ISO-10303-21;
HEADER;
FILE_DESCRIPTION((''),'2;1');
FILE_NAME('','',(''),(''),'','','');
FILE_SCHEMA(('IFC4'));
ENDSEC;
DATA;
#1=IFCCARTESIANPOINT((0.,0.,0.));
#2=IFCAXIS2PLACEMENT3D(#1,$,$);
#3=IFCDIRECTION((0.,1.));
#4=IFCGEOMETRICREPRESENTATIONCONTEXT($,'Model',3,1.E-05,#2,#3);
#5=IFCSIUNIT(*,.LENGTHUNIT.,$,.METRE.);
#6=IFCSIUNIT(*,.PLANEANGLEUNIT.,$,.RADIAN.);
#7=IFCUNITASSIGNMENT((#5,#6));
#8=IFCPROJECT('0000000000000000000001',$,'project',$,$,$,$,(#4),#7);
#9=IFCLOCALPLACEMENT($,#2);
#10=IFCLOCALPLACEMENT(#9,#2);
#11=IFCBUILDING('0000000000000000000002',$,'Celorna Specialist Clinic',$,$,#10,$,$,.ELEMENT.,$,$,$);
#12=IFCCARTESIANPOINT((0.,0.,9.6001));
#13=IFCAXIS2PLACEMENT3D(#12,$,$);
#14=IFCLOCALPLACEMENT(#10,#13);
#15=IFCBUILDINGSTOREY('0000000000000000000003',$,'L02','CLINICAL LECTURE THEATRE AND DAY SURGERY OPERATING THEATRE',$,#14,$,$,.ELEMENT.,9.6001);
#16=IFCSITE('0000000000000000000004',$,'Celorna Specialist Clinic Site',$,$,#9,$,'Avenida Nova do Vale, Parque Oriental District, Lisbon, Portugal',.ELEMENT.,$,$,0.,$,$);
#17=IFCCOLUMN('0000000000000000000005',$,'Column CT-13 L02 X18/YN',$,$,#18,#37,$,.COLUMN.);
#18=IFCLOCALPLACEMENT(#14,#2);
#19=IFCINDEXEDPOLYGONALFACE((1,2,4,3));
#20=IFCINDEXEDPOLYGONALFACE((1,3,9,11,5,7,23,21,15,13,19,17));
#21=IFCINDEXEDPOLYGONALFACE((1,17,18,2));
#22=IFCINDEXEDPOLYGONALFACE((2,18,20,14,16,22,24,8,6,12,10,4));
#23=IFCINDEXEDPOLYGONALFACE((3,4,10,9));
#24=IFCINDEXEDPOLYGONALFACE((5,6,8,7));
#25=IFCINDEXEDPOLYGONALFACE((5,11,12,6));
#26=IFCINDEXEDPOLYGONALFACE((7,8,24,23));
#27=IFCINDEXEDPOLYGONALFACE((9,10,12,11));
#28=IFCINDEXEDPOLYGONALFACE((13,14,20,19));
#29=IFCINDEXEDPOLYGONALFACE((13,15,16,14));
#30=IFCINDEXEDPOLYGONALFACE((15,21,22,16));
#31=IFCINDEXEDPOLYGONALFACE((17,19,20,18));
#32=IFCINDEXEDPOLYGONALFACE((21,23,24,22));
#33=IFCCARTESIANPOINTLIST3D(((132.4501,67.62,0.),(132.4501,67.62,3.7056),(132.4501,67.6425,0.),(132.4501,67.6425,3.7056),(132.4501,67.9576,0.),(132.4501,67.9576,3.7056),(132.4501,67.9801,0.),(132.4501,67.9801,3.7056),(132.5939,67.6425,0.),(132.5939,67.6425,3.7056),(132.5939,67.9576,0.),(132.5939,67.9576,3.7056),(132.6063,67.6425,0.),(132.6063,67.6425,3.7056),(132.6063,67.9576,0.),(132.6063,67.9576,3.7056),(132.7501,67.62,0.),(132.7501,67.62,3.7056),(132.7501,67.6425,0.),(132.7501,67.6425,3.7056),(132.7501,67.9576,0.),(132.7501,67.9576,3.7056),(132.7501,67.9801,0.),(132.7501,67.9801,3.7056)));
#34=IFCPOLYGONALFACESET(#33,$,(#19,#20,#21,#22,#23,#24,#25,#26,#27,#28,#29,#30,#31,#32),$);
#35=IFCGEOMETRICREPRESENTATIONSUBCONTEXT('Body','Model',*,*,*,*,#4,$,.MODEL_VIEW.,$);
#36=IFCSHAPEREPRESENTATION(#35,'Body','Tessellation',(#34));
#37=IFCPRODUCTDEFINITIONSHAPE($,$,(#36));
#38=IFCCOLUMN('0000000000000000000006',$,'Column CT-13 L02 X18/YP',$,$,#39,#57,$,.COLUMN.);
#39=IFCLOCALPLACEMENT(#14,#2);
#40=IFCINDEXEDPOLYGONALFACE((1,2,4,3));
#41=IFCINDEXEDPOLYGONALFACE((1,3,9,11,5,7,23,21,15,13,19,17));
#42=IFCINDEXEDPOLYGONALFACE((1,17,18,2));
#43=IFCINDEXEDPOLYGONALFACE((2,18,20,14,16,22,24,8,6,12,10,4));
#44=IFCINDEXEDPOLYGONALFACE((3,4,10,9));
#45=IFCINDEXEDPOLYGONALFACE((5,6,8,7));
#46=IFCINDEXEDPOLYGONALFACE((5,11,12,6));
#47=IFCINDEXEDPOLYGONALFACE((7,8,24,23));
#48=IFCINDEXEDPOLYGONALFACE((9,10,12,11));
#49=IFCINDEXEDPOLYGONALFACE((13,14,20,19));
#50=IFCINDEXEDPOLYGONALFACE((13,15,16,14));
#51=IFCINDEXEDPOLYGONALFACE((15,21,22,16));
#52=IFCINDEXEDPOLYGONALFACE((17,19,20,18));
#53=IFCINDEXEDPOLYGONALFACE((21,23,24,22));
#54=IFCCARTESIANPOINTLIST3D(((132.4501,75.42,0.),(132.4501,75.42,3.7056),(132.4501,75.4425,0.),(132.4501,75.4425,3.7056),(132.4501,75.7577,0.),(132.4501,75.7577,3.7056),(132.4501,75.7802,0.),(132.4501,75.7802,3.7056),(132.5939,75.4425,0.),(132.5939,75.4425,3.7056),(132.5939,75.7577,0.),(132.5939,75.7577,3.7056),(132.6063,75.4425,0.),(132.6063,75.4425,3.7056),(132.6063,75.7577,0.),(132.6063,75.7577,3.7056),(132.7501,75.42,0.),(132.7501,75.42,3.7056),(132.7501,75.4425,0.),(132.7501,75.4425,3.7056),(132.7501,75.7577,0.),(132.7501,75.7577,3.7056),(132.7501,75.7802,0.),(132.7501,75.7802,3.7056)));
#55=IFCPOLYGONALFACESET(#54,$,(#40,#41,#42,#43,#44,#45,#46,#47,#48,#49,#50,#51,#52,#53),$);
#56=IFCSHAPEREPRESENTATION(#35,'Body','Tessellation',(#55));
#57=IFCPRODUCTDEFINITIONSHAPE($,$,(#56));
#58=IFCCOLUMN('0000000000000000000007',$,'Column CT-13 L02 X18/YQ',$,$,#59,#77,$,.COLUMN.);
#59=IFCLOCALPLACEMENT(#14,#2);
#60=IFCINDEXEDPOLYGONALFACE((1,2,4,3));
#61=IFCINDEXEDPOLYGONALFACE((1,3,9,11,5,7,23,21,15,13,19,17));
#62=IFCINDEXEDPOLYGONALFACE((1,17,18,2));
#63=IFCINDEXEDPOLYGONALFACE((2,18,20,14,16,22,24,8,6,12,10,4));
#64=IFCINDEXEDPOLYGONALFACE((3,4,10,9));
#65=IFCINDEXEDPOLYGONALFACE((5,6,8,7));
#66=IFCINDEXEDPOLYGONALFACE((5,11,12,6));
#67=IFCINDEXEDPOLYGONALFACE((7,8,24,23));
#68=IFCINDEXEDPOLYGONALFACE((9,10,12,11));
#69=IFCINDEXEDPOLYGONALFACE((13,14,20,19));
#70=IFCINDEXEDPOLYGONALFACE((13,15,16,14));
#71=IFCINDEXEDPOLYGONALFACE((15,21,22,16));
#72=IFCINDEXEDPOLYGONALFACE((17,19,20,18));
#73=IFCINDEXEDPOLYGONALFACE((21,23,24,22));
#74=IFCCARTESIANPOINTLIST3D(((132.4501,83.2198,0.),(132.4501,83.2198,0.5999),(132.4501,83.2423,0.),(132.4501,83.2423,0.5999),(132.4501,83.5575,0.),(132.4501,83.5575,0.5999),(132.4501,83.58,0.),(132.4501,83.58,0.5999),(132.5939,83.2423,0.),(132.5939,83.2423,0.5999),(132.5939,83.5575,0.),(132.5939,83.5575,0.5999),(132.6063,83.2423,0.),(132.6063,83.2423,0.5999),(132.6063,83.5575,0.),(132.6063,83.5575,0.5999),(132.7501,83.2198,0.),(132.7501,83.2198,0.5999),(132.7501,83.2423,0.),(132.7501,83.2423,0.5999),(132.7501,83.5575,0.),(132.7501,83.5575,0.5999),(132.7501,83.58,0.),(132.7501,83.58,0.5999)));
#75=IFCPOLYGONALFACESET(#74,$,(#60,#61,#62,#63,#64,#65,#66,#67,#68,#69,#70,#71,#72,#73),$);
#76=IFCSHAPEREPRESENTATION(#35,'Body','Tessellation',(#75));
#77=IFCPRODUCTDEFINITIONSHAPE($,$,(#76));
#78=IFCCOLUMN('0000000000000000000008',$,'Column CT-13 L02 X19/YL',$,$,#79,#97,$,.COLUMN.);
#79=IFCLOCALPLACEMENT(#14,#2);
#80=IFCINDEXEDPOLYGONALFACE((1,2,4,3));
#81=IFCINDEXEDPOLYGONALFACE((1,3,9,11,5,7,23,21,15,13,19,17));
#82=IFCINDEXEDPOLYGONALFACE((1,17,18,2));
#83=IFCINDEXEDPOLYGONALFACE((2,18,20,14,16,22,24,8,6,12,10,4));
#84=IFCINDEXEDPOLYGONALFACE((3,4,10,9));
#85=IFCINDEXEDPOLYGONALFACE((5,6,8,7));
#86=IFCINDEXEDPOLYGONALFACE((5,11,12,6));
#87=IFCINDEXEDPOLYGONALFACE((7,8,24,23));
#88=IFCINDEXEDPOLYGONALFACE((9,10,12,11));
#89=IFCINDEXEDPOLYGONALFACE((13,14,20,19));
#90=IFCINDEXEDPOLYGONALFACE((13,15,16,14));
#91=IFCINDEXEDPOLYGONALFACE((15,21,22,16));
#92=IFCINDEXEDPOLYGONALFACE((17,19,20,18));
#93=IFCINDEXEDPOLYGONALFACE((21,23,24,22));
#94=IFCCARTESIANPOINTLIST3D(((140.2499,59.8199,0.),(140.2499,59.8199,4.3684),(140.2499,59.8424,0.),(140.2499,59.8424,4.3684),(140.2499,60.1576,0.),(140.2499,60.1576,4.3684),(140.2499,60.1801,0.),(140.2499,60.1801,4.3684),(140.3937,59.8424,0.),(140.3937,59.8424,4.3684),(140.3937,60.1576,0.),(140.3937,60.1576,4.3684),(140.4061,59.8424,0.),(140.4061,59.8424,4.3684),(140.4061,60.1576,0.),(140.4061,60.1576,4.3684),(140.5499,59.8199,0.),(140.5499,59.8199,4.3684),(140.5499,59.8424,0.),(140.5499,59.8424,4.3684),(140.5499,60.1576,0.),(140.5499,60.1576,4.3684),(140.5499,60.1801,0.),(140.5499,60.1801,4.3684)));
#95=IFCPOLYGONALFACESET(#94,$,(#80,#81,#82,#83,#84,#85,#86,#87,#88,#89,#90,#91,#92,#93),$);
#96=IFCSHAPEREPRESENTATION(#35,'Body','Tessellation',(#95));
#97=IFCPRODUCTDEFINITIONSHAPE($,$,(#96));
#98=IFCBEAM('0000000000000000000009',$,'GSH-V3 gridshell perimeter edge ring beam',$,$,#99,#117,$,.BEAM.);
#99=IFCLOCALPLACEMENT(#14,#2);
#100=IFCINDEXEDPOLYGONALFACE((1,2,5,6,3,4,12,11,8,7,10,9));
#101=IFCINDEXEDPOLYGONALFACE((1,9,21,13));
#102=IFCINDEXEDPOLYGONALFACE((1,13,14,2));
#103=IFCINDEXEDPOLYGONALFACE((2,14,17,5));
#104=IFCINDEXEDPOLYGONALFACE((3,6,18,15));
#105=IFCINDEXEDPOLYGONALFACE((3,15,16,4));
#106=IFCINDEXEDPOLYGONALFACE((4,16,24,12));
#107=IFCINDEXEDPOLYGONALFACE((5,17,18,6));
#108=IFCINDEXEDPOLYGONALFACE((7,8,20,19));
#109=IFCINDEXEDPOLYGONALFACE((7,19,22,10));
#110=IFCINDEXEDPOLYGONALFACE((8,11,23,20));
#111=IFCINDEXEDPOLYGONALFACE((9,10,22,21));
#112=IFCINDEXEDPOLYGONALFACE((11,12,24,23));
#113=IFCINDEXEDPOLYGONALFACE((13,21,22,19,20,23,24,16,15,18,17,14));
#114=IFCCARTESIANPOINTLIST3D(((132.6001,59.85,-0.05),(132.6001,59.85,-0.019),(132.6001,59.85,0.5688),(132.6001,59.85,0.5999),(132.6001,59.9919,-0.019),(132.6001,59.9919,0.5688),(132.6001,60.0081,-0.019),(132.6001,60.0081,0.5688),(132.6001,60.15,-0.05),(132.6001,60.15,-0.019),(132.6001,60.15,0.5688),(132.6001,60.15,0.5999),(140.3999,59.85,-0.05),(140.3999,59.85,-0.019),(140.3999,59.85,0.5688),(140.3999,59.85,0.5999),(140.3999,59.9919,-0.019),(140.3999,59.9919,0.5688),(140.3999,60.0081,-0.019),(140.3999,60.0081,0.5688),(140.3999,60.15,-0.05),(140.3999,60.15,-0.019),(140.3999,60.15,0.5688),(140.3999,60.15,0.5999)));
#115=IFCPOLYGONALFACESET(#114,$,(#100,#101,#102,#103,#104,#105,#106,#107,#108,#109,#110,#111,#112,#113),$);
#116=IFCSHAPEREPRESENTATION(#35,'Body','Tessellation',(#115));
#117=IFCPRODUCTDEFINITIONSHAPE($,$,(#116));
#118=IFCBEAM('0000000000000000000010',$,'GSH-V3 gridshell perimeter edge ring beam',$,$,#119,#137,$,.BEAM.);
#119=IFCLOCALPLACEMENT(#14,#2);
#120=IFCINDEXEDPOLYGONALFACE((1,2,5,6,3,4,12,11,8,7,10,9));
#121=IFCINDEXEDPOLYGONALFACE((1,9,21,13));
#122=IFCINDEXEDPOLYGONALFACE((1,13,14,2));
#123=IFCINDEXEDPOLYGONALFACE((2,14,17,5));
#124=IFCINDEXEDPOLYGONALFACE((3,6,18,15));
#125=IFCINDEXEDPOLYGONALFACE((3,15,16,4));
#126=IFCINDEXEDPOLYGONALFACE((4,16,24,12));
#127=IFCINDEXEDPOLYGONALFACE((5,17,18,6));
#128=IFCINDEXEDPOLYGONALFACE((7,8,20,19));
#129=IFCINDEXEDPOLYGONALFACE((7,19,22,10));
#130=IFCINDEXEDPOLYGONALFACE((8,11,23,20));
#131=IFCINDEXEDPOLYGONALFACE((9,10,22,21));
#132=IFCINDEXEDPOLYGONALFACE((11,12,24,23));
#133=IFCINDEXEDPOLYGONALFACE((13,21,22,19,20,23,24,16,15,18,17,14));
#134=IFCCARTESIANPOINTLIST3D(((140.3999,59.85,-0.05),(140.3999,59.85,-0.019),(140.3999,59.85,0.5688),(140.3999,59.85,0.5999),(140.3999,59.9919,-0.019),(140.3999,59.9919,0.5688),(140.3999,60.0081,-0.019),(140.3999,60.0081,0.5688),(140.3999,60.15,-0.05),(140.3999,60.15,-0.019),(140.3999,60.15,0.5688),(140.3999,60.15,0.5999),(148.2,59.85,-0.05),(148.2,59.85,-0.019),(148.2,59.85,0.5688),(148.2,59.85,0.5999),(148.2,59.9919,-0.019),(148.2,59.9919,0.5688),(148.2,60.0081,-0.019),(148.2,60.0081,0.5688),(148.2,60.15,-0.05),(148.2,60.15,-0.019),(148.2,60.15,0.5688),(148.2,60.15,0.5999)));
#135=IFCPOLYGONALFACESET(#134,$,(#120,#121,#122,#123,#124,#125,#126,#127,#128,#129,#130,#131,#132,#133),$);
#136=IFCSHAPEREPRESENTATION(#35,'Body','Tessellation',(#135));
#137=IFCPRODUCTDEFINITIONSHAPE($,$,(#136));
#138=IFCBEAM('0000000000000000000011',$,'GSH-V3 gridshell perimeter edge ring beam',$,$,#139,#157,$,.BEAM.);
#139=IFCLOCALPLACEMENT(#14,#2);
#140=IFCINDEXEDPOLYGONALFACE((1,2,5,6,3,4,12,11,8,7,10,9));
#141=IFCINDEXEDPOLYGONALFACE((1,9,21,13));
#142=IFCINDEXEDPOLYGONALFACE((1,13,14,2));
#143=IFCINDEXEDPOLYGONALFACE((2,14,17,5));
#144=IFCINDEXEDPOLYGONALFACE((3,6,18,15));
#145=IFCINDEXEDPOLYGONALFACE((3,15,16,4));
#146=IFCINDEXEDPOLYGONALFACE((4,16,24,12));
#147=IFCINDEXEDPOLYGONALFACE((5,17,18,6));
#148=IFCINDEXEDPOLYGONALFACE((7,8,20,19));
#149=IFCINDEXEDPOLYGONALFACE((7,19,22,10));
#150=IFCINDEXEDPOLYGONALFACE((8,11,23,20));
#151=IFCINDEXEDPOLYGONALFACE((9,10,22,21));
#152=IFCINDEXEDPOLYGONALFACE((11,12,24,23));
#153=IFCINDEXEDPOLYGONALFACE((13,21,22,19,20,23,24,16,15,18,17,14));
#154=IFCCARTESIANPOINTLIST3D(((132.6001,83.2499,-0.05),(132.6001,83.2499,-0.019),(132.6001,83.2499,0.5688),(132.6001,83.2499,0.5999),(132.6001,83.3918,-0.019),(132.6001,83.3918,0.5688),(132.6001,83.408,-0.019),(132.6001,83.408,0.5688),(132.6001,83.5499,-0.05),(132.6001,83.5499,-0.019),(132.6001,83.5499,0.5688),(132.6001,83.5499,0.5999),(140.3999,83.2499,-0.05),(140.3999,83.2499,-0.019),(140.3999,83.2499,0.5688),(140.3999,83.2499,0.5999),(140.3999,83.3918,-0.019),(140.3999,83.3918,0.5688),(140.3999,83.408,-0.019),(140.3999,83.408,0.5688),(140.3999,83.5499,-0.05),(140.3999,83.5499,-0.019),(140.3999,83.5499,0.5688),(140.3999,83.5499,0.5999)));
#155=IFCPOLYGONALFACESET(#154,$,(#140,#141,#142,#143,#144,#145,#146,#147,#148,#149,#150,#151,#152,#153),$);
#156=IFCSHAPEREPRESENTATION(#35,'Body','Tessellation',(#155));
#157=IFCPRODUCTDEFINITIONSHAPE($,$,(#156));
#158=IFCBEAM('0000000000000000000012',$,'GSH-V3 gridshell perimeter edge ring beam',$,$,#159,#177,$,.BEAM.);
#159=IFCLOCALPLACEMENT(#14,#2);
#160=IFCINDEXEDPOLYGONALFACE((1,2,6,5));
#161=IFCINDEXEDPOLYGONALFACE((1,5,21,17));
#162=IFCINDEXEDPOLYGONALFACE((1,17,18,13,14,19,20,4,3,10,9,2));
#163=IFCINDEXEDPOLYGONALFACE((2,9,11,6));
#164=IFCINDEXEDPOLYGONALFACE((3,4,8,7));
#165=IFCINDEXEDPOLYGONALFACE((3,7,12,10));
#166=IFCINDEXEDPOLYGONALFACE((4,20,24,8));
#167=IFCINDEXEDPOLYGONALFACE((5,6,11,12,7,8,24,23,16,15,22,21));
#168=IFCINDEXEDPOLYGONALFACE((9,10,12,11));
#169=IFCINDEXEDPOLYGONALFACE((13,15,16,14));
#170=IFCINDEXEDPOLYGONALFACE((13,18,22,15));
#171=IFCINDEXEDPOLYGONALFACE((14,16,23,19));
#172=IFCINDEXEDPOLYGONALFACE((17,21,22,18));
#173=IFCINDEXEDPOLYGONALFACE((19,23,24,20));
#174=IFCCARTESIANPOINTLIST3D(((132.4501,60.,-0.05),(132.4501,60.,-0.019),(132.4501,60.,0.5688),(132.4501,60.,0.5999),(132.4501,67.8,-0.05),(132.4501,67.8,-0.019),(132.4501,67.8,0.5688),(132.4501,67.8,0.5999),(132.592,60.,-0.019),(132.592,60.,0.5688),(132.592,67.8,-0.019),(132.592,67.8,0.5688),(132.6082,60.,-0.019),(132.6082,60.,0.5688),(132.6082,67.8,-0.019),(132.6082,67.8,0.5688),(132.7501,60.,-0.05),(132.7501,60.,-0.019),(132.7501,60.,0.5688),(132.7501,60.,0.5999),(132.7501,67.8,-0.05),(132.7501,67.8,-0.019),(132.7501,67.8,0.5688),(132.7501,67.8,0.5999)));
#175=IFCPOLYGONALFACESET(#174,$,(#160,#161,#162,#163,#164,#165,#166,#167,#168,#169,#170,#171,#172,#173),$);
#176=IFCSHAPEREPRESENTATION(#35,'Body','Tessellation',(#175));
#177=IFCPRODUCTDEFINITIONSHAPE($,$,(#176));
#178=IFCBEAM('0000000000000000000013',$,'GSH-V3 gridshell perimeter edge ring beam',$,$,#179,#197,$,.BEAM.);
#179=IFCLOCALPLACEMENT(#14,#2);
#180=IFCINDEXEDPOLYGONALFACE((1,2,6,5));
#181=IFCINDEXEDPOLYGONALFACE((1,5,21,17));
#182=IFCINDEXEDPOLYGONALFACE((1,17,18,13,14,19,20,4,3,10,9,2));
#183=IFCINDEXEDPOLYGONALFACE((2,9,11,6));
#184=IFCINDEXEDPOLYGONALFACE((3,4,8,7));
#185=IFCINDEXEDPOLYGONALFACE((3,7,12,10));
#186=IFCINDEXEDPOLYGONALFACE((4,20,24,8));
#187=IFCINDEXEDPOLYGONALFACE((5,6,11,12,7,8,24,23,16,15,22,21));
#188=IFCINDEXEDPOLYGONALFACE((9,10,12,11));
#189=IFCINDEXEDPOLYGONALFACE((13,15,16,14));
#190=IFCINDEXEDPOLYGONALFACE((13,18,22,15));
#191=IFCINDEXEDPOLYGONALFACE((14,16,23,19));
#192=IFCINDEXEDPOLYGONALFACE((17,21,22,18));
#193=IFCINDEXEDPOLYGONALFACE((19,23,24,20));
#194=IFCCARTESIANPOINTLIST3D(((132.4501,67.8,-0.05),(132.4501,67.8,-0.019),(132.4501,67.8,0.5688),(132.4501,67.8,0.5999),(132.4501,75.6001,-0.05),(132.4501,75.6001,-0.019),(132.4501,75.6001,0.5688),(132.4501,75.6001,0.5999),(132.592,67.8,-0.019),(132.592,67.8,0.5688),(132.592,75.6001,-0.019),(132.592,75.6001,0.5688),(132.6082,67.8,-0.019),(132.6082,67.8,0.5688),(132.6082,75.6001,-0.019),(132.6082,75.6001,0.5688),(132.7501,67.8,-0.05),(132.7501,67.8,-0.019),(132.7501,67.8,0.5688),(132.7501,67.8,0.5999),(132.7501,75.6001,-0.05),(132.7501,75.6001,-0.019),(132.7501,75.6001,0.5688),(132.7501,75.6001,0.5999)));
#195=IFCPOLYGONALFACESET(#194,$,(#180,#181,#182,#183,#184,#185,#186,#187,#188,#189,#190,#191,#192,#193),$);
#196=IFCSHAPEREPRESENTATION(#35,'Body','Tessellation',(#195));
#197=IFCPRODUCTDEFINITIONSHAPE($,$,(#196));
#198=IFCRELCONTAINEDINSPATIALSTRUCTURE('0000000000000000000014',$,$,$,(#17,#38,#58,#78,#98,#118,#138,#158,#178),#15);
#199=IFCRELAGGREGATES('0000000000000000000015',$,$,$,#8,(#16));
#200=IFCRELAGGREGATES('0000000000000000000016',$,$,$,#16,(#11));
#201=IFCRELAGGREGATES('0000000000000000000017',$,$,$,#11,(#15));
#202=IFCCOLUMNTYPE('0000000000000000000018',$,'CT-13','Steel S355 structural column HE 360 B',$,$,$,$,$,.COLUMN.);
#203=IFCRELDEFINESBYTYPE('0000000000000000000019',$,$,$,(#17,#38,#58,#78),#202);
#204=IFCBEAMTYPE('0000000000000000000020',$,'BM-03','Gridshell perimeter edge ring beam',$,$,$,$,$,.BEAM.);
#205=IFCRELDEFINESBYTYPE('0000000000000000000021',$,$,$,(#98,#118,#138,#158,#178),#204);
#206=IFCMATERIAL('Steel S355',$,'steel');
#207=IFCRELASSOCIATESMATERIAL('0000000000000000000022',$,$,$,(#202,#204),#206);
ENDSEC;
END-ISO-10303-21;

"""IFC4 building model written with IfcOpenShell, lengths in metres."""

from ifc_helpers import new_model, si_unit, direction, frame, origin, origin_2d, place, context, subcontext, project, spatial, i_section, extrude, material, material_profile, profile_set, type_object, element, save


model = new_model("IFC4")

# Units and contexts
model_context = context("Model", 3, precision=1e-05, world=origin(), true_north=direction((0.0, 1.0)))
body_context = subcontext(model_context, "Body", "Model", "MODEL_VIEW")
ifc_project = project(units=[si_unit("LENGTHUNIT", "METRE"), si_unit("PLANEANGLEUNIT", "RADIAN")], contexts=[model_context])

# Site, building, storey
site_placement = place(None, origin())
site = spatial("IfcSite", under=ifc_project, at=site_placement, Name="Celorna Specialist Clinic Site", LongName="Avenida Nova do Vale, Parque Oriental District, Lisbon, Portugal", CompositionType="ELEMENT", RefElevation=0.0)
building_placement = place(site_placement, origin())
building = spatial("IfcBuilding", under=site, at=building_placement, Name="Celorna Specialist Clinic", CompositionType="ELEMENT")
storey_placement = place(building_placement, frame((0.0, 0.0, 9.6001)))
storey = spatial("IfcBuildingStorey", under=building, at=storey_placement, Name="L02", Description="CLINICAL LECTURE THEATRE AND DAY SURGERY OPERATING THEATRE", CompositionType="ELEMENT", Elevation=9.6001)

# Columns
ifc_material_1 = material(Name="Steel S355", Category="steel")
ifc_material_profile_1 = material_profile(ifc_material_1, i_section(OverallWidth=0.3, OverallDepth=0.3601, WebThickness=0.0125, FlangeThickness=0.0225, at=origin_2d()), Name="HE 360 B")
ifc_profile_set_1 = profile_set([ifc_material_profile_1], Name="Steel S355")
column_type = type_object("IfcColumnType", Name="CT-13", Description="Steel S355 structural column HE 360 B", PredefinedType="COLUMN", material=ifc_profile_set_1)
for number, where, z_axis, x_axis, name in (
    (1, (132.6001, 67.8, 0.0), (0.0, 0.0, 1.0), (1.0, 0.0, 0.0), "Column CT-13 L02 X18/YN"),
    (2, (132.6001, 75.6001, 0.0), (0.0, 0.0, 1.0), (1.0, 0.0, 0.0), "Column CT-13 L02 X18/YP"),
):
    element("IfcColumn", number, at=place(storey_placement, frame(where, z_axis=z_axis, x_axis=x_axis)), inside=storey, type_object=column_type, Name=name, PredefinedType="COLUMN", context=body_context, shape_type="SweptSolid", body=[
        extrude(i_section(OverallWidth=0.3, OverallDepth=0.3601, WebThickness=0.0125, FlangeThickness=0.0225, at=origin_2d()), origin(), (0.0, 0.0, 1.0), 3.7056),
    ])
column_1_placement = place(storey_placement, frame((132.6001, 83.3999, 0.0), z_axis=(0.0, 0.0, 1.0), x_axis=(1.0, 0.0, 0.0)))
element("IfcColumn", 3, at=column_1_placement, inside=storey, type_object=column_type, Name="Column CT-13 L02 X18/YQ", PredefinedType="COLUMN", context=body_context, shape_type="SweptSolid", body=[
    extrude(i_section(OverallWidth=0.3, OverallDepth=0.3601, WebThickness=0.0125, FlangeThickness=0.0225, at=origin_2d()), origin(), (0.0, 0.0, 1.0), 0.5999),
])
column_2_placement = place(storey_placement, frame((140.3999, 60.0, 0.0), z_axis=(0.0, 0.0, 1.0), x_axis=(1.0, 0.0, 0.0)))
element("IfcColumn", 4, at=column_2_placement, inside=storey, type_object=column_type, Name="Column CT-13 L02 X19/YL", PredefinedType="COLUMN", context=body_context, shape_type="SweptSolid", body=[
    extrude(i_section(OverallWidth=0.3, OverallDepth=0.3601, WebThickness=0.0125, FlangeThickness=0.0225, at=origin_2d()), origin(), (0.0, 0.0, 1.0), 4.3684),
])

# Beams
ifc_material_profile_2 = material_profile(ifc_material_1, i_section(OverallWidth=0.3, OverallDepth=0.6499, WebThickness=0.0161, FlangeThickness=0.031, at=origin_2d()), Name="HE 650 B")
ifc_profile_set_2 = profile_set([ifc_material_profile_2], Name="Steel S355")
beam_type = type_object("IfcBeamType", Name="BM-03", Description="Gridshell perimeter edge ring beam", PredefinedType="BEAM", material=ifc_profile_set_2)
beam_1_placement = place(storey_placement, frame((132.6001, 60.0, 0.2749), z_axis=(1.0, 0.0, 0.0), x_axis=(0.0, 1.0, 0.0)))
element("IfcBeam", 5, at=beam_1_placement, inside=storey, type_object=beam_type, Name="GSH-V3 gridshell perimeter edge ring beam", PredefinedType="BEAM", context=body_context, shape_type="SweptSolid", body=[
    extrude(i_section(OverallWidth=0.3, OverallDepth=0.6499, WebThickness=0.0161, FlangeThickness=0.031, at=origin_2d()), origin(), (0.0, 0.0, 1.0), 7.7998),
])
beam_2_placement = place(storey_placement, frame((140.3999, 60.0, 0.2749), z_axis=(1.0, 0.0, 0.0), x_axis=(0.0, 1.0, 0.0)))
element("IfcBeam", 6, at=beam_2_placement, inside=storey, type_object=beam_type, Name="GSH-V3 gridshell perimeter edge ring beam", PredefinedType="BEAM", context=body_context, shape_type="SweptSolid", body=[
    extrude(i_section(OverallWidth=0.3, OverallDepth=0.6499, WebThickness=0.0161, FlangeThickness=0.031, at=origin_2d()), origin(), (0.0, 0.0, 1.0), 7.8),
])
beam_3_placement = place(storey_placement, frame((132.6001, 83.3999, 0.2749), z_axis=(1.0, 0.0, 0.0), x_axis=(0.0, 1.0, 0.0)))
element("IfcBeam", 7, at=beam_3_placement, inside=storey, type_object=beam_type, Name="GSH-V3 gridshell perimeter edge ring beam", PredefinedType="BEAM", context=body_context, shape_type="SweptSolid", body=[
    extrude(i_section(OverallWidth=0.3, OverallDepth=0.6499, WebThickness=0.0161, FlangeThickness=0.031, at=origin_2d()), origin(), (0.0, 0.0, 1.0), 7.7998),
])
for number, where, z_axis, x_axis, name in (
    (8, (132.6001, 60.0, 0.2749), (0.0, 1.0, 0.0), (-1.0, 0.0, 0.0), "GSH-V3 gridshell perimeter edge ring beam"),
    (9, (132.6001, 67.8, 0.2749), (0.0, 1.0, 0.0), (-1.0, 0.0, 0.0), "GSH-V3 gridshell perimeter edge ring beam"),
):
    element("IfcBeam", number, at=place(storey_placement, frame(where, z_axis=z_axis, x_axis=x_axis)), inside=storey, type_object=beam_type, Name=name, PredefinedType="BEAM", context=body_context, shape_type="SweptSolid", body=[
        extrude(i_section(OverallWidth=0.3, OverallDepth=0.6499, WebThickness=0.0161, FlangeThickness=0.031, at=origin_2d()), origin(), (0.0, 0.0, 1.0), 7.8),
    ])

save(model, "model.ifc")
